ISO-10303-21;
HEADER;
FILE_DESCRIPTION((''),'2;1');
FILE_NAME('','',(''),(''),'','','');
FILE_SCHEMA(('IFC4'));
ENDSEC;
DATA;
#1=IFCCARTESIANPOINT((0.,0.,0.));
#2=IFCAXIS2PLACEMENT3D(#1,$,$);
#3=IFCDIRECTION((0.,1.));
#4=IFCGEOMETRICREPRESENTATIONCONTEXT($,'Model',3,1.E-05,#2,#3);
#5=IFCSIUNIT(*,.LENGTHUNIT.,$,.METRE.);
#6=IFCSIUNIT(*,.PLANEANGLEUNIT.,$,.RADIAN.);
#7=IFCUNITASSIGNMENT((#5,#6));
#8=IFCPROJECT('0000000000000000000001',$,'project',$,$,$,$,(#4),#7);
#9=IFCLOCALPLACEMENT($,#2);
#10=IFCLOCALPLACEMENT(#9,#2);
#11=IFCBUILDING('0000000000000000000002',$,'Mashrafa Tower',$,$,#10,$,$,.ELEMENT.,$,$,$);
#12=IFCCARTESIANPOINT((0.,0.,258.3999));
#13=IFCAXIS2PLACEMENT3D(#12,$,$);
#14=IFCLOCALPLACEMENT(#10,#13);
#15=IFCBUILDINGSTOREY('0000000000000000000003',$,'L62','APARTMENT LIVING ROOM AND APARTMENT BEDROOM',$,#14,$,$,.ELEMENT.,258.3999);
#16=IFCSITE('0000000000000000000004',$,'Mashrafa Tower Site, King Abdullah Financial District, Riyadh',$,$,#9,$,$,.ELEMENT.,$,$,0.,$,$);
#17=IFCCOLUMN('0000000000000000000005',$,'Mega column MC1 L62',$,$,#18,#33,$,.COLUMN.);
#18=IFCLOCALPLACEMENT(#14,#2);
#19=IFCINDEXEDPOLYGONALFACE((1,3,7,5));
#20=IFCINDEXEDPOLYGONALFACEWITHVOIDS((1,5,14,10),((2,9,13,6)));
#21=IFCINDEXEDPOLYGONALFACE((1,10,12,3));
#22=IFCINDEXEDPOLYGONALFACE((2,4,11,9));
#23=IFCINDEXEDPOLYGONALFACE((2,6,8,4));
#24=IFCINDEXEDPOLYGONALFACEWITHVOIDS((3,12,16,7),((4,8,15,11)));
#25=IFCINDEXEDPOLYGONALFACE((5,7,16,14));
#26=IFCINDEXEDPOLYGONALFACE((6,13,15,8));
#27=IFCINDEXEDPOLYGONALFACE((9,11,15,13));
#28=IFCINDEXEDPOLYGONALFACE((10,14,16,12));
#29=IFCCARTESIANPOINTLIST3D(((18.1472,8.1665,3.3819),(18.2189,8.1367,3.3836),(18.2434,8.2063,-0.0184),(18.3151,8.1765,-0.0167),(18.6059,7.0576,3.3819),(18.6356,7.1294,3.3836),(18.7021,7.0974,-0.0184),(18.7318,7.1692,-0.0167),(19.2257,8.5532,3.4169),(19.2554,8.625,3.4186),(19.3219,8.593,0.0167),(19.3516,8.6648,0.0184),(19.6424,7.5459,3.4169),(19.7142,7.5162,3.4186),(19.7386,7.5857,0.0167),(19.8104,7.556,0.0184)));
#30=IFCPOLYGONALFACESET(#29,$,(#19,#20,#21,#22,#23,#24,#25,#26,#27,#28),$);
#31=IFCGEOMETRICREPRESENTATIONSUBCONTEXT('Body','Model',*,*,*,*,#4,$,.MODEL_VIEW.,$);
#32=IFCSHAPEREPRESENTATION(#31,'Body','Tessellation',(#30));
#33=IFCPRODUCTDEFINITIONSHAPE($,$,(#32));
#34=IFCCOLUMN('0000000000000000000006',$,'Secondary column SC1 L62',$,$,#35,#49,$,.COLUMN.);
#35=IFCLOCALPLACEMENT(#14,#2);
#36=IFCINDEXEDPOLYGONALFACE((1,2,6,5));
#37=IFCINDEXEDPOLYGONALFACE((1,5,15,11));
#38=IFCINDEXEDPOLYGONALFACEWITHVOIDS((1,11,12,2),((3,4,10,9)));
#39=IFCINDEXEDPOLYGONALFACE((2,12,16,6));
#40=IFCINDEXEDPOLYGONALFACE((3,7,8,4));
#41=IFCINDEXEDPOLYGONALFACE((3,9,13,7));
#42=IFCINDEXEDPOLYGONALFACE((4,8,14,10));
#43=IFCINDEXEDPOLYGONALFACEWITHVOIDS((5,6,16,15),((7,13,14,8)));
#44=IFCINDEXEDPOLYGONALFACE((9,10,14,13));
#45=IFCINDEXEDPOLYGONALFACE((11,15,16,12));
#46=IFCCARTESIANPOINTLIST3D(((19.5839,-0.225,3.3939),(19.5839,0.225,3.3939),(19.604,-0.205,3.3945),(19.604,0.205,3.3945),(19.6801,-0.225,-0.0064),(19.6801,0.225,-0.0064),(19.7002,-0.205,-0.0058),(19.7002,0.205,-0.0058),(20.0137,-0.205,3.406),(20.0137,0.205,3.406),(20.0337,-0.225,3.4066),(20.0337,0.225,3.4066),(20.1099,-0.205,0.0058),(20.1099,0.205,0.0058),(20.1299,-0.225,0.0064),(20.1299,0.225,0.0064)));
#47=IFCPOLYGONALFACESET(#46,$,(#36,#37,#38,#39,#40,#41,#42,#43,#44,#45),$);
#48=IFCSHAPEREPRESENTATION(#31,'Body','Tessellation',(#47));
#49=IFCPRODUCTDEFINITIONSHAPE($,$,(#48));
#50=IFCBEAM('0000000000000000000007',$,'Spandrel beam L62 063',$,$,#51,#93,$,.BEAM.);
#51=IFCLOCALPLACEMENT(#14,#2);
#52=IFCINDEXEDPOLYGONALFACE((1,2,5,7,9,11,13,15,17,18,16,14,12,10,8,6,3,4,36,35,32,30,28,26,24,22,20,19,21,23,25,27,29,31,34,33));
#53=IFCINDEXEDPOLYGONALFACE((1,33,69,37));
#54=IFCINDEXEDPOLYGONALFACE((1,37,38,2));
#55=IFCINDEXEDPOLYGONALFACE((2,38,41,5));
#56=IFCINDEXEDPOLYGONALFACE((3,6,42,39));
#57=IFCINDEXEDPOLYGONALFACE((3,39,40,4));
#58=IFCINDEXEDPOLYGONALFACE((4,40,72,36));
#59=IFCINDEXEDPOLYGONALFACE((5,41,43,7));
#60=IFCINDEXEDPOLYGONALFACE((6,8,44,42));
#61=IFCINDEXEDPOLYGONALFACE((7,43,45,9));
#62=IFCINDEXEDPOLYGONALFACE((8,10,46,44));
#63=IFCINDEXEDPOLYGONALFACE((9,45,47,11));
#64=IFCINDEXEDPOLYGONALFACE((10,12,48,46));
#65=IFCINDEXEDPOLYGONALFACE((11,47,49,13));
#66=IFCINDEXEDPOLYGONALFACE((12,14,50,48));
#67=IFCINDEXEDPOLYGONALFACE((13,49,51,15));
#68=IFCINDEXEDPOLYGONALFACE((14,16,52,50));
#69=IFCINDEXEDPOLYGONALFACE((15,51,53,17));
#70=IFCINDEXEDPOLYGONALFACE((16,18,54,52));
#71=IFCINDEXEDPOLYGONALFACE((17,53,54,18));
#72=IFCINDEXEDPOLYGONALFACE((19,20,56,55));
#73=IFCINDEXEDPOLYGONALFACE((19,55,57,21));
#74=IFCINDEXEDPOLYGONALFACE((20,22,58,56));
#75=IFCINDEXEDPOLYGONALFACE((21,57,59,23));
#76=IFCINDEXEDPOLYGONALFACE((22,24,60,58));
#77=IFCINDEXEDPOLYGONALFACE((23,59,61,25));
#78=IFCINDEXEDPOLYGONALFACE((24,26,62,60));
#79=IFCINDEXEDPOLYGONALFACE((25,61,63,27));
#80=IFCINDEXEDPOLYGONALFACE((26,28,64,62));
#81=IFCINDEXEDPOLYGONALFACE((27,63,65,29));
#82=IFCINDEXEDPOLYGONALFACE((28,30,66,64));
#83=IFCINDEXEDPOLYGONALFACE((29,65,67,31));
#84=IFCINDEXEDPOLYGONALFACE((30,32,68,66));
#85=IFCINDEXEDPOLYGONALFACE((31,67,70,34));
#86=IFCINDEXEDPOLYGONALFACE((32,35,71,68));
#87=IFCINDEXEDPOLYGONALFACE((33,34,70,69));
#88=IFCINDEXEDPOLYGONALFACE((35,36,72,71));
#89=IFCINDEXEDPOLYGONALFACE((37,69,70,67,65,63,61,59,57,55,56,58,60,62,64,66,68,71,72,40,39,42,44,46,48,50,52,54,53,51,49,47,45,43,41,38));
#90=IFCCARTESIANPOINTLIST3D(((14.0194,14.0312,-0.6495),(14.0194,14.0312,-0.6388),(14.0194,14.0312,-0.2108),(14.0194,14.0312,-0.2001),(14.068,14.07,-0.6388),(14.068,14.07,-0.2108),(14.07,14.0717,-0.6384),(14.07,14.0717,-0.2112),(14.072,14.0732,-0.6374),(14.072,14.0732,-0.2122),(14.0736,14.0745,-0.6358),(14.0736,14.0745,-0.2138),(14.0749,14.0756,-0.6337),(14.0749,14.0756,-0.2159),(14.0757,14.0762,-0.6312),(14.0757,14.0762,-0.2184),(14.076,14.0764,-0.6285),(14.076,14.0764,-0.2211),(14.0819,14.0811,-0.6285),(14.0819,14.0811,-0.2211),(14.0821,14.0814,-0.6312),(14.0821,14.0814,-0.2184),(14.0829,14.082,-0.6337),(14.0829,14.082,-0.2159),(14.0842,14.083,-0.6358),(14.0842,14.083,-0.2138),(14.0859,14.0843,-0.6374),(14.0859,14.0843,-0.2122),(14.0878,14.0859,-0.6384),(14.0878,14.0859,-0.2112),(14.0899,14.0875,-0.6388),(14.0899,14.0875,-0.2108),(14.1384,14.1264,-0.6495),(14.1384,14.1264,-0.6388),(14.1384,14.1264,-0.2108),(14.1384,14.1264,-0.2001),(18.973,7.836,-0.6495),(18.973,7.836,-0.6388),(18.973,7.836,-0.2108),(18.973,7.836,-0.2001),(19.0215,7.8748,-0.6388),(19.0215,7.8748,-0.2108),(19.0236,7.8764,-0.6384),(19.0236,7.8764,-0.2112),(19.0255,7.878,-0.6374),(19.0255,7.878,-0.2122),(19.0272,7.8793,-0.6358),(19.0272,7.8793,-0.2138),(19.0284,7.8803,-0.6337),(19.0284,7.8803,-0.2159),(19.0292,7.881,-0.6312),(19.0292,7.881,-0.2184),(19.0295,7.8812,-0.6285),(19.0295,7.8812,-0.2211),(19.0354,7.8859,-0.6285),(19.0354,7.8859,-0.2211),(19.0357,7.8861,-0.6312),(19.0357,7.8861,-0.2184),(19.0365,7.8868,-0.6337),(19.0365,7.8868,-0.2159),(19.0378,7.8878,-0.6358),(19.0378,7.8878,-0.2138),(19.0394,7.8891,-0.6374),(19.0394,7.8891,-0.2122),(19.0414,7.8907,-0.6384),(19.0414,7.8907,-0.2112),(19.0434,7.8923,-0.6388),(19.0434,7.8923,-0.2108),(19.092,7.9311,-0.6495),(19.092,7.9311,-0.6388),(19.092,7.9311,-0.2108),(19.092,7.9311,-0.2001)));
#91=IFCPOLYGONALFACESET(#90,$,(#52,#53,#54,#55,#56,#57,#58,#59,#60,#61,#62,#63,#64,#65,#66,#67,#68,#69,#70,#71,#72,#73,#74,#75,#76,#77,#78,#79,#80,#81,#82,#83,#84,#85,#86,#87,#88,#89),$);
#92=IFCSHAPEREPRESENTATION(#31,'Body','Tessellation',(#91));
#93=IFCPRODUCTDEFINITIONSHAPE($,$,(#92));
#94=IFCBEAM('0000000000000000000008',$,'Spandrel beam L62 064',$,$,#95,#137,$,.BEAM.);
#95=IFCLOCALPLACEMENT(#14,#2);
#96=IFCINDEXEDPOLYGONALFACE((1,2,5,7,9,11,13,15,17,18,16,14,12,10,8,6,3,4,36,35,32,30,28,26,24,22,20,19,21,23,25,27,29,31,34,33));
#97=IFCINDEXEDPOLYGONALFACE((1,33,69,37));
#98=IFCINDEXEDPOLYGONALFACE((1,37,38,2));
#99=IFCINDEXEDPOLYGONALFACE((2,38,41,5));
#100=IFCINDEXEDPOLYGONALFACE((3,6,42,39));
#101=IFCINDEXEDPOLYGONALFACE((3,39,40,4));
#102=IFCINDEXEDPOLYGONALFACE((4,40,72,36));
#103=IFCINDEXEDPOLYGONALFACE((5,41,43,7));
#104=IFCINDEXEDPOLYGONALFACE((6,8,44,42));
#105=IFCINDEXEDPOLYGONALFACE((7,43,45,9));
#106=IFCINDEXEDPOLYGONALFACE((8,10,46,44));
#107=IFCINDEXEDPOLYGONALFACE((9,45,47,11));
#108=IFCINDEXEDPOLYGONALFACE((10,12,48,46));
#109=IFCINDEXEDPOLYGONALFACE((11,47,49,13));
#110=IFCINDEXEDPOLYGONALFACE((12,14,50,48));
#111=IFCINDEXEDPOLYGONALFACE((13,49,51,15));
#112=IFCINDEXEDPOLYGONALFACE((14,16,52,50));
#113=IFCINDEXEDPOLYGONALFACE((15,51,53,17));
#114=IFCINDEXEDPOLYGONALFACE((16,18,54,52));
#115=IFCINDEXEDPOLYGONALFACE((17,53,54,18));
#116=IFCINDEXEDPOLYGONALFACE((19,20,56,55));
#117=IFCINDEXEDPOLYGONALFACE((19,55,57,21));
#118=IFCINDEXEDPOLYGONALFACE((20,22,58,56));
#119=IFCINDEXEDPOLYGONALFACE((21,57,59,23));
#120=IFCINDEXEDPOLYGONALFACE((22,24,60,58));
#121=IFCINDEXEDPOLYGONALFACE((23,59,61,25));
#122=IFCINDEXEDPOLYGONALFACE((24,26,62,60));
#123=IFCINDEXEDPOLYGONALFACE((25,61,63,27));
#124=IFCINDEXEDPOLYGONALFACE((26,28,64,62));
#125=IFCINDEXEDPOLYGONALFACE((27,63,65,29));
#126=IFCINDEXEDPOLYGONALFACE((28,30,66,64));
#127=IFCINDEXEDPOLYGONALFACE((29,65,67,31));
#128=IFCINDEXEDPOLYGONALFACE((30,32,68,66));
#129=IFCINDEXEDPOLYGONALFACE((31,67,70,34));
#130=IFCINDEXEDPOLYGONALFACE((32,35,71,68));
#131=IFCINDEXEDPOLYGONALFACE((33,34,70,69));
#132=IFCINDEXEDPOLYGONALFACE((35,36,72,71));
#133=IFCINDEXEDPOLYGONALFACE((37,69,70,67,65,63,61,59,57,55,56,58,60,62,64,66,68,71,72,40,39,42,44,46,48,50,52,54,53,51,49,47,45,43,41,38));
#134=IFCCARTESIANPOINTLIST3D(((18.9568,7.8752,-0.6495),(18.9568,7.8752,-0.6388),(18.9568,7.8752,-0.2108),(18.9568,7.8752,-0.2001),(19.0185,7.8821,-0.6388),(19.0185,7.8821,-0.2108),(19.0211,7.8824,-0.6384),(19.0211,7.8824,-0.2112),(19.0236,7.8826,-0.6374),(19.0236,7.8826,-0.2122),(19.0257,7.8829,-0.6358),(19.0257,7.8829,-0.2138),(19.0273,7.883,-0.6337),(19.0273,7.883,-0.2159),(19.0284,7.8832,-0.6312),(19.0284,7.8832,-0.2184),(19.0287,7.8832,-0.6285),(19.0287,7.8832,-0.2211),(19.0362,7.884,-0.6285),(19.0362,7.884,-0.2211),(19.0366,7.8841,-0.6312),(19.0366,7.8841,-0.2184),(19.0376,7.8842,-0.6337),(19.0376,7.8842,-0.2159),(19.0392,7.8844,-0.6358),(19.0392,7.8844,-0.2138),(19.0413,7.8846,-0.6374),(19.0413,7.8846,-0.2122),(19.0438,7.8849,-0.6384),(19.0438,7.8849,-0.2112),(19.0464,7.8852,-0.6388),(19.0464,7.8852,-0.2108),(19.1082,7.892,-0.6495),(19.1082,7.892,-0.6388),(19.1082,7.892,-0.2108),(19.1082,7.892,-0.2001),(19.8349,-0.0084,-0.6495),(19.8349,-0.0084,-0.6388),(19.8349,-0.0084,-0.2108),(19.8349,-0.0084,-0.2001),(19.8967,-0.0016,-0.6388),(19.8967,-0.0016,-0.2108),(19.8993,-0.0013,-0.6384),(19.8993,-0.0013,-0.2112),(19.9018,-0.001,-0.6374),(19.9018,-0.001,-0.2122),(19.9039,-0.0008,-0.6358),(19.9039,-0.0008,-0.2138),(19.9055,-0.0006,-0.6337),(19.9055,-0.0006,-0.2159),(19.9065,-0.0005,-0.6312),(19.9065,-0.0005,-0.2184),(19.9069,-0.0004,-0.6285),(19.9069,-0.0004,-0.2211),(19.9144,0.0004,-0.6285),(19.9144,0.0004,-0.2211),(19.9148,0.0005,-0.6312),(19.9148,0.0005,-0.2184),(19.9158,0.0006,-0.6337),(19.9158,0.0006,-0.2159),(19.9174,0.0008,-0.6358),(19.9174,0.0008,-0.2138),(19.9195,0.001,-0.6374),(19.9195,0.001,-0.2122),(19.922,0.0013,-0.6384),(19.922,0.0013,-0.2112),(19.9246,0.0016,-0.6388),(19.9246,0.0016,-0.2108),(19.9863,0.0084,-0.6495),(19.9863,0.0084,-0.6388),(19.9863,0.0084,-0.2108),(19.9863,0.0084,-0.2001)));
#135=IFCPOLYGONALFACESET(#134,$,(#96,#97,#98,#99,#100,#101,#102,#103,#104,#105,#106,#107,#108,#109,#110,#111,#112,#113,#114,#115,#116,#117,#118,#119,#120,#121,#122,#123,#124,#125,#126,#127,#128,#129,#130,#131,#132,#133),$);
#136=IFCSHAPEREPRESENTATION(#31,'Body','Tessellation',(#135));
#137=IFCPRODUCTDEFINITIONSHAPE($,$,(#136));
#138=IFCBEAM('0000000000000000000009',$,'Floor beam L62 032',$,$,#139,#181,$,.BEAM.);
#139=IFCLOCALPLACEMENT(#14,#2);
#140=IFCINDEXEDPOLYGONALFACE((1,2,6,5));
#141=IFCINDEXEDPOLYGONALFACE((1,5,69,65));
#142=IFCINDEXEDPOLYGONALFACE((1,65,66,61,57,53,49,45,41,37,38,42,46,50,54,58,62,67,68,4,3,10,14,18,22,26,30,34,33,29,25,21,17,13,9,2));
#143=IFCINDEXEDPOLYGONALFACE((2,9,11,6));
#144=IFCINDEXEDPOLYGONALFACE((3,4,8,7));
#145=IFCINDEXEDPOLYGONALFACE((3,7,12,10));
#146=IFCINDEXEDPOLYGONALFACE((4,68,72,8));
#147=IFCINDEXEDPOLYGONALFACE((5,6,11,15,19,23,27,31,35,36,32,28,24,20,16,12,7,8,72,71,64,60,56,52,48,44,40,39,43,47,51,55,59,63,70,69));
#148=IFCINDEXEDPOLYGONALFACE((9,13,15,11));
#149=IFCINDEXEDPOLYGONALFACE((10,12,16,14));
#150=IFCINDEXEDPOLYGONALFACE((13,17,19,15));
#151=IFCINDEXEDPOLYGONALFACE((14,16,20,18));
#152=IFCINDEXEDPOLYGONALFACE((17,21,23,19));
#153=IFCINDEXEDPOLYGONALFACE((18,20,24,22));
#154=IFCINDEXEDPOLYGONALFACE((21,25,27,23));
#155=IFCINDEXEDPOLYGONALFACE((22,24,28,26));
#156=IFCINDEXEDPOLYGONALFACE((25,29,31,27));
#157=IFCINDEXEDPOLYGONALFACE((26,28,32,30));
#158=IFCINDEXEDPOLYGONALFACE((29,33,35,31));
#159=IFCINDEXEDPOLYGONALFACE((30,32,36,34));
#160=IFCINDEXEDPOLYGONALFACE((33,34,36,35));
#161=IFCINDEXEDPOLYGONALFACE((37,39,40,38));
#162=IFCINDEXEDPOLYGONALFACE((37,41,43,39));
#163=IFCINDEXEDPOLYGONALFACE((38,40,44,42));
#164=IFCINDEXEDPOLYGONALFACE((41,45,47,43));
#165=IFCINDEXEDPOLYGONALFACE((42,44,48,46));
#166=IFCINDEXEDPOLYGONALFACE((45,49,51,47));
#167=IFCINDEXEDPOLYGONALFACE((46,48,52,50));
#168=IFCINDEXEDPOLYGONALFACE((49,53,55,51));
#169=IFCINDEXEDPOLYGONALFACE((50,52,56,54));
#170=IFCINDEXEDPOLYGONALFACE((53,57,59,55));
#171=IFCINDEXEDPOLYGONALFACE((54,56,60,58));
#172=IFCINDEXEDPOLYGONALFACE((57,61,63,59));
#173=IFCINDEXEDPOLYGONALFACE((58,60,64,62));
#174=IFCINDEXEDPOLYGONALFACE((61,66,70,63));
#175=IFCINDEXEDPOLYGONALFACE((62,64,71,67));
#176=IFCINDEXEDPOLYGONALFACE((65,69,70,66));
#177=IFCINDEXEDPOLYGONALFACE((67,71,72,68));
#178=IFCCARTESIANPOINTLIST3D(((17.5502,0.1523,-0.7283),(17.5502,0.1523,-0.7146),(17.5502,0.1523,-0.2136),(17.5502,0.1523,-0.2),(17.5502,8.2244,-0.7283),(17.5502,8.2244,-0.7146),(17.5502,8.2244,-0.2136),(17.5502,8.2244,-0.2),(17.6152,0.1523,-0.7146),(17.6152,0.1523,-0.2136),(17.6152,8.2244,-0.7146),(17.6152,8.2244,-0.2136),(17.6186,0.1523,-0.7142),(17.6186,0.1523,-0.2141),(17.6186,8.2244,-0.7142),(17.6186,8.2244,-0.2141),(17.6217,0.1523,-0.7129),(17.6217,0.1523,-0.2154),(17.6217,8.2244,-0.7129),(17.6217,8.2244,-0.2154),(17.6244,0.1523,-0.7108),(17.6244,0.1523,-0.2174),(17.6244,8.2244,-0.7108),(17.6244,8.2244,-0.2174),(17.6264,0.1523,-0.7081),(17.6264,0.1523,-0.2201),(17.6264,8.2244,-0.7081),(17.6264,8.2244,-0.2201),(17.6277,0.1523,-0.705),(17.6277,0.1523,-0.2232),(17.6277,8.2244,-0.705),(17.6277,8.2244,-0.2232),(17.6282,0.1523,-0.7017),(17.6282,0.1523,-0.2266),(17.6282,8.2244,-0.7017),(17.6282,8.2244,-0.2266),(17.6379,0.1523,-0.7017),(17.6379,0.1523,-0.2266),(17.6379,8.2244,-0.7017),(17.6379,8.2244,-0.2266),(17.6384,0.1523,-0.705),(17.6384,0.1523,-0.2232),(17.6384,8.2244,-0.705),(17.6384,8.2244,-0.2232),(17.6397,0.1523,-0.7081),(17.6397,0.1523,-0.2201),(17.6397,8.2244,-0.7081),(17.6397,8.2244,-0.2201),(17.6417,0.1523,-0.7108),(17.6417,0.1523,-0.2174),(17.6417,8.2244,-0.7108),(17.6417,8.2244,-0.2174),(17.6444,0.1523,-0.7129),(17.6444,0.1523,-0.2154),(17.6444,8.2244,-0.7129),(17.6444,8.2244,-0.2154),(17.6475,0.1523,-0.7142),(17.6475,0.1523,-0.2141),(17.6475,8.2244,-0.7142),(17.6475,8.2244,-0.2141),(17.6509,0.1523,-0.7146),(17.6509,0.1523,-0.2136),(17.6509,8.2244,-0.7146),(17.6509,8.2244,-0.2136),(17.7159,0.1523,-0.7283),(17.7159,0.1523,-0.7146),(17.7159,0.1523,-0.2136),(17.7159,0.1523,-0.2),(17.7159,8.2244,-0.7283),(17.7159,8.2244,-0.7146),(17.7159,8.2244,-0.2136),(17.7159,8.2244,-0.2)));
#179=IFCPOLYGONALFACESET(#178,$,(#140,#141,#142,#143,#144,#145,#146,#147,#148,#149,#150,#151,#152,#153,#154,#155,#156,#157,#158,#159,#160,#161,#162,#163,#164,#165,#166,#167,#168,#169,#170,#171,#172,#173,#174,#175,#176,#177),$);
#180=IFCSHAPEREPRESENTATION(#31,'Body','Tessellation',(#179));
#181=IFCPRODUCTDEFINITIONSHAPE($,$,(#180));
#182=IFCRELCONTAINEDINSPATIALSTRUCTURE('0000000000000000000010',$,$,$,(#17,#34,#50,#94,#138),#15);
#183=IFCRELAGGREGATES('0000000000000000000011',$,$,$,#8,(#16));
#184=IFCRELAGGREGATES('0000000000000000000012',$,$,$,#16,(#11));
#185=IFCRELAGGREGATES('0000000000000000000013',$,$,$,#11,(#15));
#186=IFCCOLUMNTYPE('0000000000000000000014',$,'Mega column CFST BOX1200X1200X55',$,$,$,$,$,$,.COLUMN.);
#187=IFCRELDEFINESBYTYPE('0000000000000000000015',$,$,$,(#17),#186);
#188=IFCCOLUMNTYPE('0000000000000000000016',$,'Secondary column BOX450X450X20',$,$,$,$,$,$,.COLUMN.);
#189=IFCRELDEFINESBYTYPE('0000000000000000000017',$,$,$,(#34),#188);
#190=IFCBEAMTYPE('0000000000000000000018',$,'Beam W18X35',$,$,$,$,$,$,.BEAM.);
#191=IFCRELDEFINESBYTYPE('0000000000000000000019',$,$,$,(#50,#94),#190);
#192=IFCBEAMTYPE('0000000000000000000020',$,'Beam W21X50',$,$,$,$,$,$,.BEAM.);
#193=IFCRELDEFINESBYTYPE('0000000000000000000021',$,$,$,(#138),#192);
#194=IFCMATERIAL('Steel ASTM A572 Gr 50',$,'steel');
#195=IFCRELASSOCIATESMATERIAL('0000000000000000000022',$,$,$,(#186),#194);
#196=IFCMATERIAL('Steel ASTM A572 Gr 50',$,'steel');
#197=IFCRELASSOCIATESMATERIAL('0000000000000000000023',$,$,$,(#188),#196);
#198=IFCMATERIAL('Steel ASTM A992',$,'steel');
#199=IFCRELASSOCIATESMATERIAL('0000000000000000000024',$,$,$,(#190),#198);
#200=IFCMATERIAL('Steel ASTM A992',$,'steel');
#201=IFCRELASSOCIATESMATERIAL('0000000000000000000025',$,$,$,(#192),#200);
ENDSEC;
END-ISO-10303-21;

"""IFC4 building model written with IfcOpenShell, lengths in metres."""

from ifc_helpers import new_model, si_unit, direction, frame, origin, origin_2d, place, context, subcontext, project, spatial, hollow_rectangle, i_section, extrude, material, material_profile, profile_set, type_object, element, save


model = new_model("IFC4")

# Units and contexts
model_context = context("Model", 3, precision=1e-05, world=origin(), true_north=direction((0.0, 1.0)))
body_context = subcontext(model_context, "Body", "Model", "MODEL_VIEW")
ifc_project = project(units=[si_unit("LENGTHUNIT", "METRE"), si_unit("PLANEANGLEUNIT", "RADIAN")], contexts=[model_context])

# Site, building, storey
site_placement = place(None, origin())
site = spatial("IfcSite", under=ifc_project, at=site_placement, Name="Mashrafa Tower Site, King Abdullah Financial District, Riyadh", CompositionType="ELEMENT", RefElevation=0.0)
building_placement = place(site_placement, origin())
building = spatial("IfcBuilding", under=site, at=building_placement, Name="Mashrafa Tower", CompositionType="ELEMENT")
storey_placement = place(building_placement, frame((0.0, 0.0, 258.3999)))
storey = spatial("IfcBuildingStorey", under=building, at=storey_placement, Name="L62", Description="APARTMENT LIVING ROOM AND APARTMENT BEDROOM", CompositionType="ELEMENT", Elevation=258.3999)

# Columns
ifc_material_1 = material(Name="Steel ASTM A572 Gr 50", Category="steel")
ifc_material_profile_1 = material_profile(ifc_material_1, hollow_rectangle(XDim=1.2, YDim=1.2, WallThickness=0.0549, at=origin_2d()), Name="BOX1200X1200X55")
ifc_profile_set_1 = profile_set([ifc_material_profile_1], Name="Steel ASTM A572 Gr 50")
column_type_1 = type_object("IfcColumnType", Name="Mega column CFST BOX1200X1200X55", PredefinedType="COLUMN", material=ifc_profile_set_1)
column_1_placement = place(storey_placement, frame((19.0269, 7.8811, 0.0), z_axis=(-0.028277, -0.011698, 0.999532), x_axis=(0.382283, -0.924045, 0.0)))
element("IfcColumn", 1, at=column_1_placement, inside=storey, type_object=column_type_1, Name="Mega column MC1 L62", PredefinedType="COLUMN", context=body_context, shape_type="SweptSolid", body=[
    extrude(hollow_rectangle(XDim=1.2, YDim=1.2, WallThickness=0.0549, at=origin_2d()), origin(), (0.0, 0.0, 1.0), 3.4019),
])
ifc_material_2 = material(Name="Steel ASTM A572 Gr 50", Category="steel")
ifc_material_profile_2 = material_profile(ifc_material_2, hollow_rectangle(XDim=0.45, YDim=0.45, WallThickness=0.02, at=origin_2d()), Name="BOX450X450X20")
ifc_profile_set_2 = profile_set([ifc_material_profile_2], Name="Steel ASTM A572 Gr 50")
column_type_2 = type_object("IfcColumnType", Name="Secondary column BOX450X450X20", PredefinedType="COLUMN", material=ifc_profile_set_2)
column_2_placement = place(storey_placement, frame((19.905, 0.0, 0.0), z_axis=(-0.028279, 0.0, 0.9996), x_axis=(0.0, -1.0, 0.0)))
element("IfcColumn", 2, at=column_2_placement, inside=storey, type_object=column_type_2, Name="Secondary column SC1 L62", PredefinedType="COLUMN", context=body_context, shape_type="SweptSolid", body=[
    extrude(hollow_rectangle(XDim=0.45, YDim=0.45, WallThickness=0.02, at=origin_2d()), origin(), (0.0, 0.0, 1.0), 3.4016),
])

# Beams
ifc_material_3 = material(Name="Steel ASTM A992", Category="steel")
ifc_material_profile_3 = material_profile(ifc_material_3, i_section(OverallWidth=0.1523, OverallDepth=0.4495, WebThickness=0.0076, FlangeThickness=0.0107, FilletRadius=0.0103, at=origin_2d()), Name="W18X35")
ifc_profile_set_3 = profile_set([ifc_material_profile_3], Name="Steel ASTM A992")
beam_type_1 = type_object("IfcBeamType", Name="Beam W18X35", PredefinedType="BEAM", material=ifc_profile_set_3)
beam_1_placement = place(storey_placement, frame((19.0325, 7.8835, -0.4248), z_axis=(-0.624492, 0.781031, 0.0), x_axis=(-0.781031, -0.624492, 0.0)))
element("IfcBeam", 3, at=beam_1_placement, inside=storey, type_object=beam_type_1, Name="Spandrel beam L62 063", PredefinedType="BEAM", context=body_context, shape_type="SweptSolid", body=[
    extrude(i_section(OverallWidth=0.1523, OverallDepth=0.4495, WebThickness=0.0076, FlangeThickness=0.0107, FilletRadius=0.0103, at=origin_2d()), origin(), (0.0, 0.0, 1.0), 7.9321),
])
beam_2_placement = place(storey_placement, frame((19.9106, 0.0, -0.4248), z_axis=(-0.110709, 0.993853, 0.0), x_axis=(-0.993853, -0.110709, 0.0)))
element("IfcBeam", 4, at=beam_2_placement, inside=storey, type_object=beam_type_1, Name="Spandrel beam L62 064", PredefinedType="BEAM", context=body_context, shape_type="SweptSolid", body=[
    extrude(i_section(OverallWidth=0.1523, OverallDepth=0.4495, WebThickness=0.0076, FlangeThickness=0.0107, FilletRadius=0.0103, at=origin_2d()), origin(), (0.0, 0.0, 1.0), 7.9324),
])
ifc_material_4 = material(Name="Steel ASTM A992", Category="steel")
ifc_material_profile_4 = material_profile(ifc_material_4, i_section(OverallWidth=0.1658, OverallDepth=0.5283, WebThickness=0.0098, FlangeThickness=0.0137, FilletRadius=0.0129, at=origin_2d()), Name="W21X50")
ifc_profile_set_4 = profile_set([ifc_material_profile_4], Name="Steel ASTM A992")
beam_type_2 = type_object("IfcBeamType", Name="Beam W21X50", PredefinedType="BEAM", material=ifc_profile_set_4)
beam_3_placement = place(storey_placement, frame((17.6331, 8.2244, -0.4641), z_axis=(0.0, -1.0, 0.0), x_axis=(1.0, 0.0, 0.0)))
element("IfcBeam", 5, at=beam_3_placement, inside=storey, type_object=beam_type_2, Name="Floor beam L62 032", PredefinedType="BEAM", context=body_context, shape_type="SweptSolid", body=[
    extrude(i_section(OverallWidth=0.1658, OverallDepth=0.5283, WebThickness=0.0098, FlangeThickness=0.0137, FilletRadius=0.0129, at=origin_2d()), origin(), (0.0, 0.0, 1.0), 8.072),
])

save(model, "model.ifc")
